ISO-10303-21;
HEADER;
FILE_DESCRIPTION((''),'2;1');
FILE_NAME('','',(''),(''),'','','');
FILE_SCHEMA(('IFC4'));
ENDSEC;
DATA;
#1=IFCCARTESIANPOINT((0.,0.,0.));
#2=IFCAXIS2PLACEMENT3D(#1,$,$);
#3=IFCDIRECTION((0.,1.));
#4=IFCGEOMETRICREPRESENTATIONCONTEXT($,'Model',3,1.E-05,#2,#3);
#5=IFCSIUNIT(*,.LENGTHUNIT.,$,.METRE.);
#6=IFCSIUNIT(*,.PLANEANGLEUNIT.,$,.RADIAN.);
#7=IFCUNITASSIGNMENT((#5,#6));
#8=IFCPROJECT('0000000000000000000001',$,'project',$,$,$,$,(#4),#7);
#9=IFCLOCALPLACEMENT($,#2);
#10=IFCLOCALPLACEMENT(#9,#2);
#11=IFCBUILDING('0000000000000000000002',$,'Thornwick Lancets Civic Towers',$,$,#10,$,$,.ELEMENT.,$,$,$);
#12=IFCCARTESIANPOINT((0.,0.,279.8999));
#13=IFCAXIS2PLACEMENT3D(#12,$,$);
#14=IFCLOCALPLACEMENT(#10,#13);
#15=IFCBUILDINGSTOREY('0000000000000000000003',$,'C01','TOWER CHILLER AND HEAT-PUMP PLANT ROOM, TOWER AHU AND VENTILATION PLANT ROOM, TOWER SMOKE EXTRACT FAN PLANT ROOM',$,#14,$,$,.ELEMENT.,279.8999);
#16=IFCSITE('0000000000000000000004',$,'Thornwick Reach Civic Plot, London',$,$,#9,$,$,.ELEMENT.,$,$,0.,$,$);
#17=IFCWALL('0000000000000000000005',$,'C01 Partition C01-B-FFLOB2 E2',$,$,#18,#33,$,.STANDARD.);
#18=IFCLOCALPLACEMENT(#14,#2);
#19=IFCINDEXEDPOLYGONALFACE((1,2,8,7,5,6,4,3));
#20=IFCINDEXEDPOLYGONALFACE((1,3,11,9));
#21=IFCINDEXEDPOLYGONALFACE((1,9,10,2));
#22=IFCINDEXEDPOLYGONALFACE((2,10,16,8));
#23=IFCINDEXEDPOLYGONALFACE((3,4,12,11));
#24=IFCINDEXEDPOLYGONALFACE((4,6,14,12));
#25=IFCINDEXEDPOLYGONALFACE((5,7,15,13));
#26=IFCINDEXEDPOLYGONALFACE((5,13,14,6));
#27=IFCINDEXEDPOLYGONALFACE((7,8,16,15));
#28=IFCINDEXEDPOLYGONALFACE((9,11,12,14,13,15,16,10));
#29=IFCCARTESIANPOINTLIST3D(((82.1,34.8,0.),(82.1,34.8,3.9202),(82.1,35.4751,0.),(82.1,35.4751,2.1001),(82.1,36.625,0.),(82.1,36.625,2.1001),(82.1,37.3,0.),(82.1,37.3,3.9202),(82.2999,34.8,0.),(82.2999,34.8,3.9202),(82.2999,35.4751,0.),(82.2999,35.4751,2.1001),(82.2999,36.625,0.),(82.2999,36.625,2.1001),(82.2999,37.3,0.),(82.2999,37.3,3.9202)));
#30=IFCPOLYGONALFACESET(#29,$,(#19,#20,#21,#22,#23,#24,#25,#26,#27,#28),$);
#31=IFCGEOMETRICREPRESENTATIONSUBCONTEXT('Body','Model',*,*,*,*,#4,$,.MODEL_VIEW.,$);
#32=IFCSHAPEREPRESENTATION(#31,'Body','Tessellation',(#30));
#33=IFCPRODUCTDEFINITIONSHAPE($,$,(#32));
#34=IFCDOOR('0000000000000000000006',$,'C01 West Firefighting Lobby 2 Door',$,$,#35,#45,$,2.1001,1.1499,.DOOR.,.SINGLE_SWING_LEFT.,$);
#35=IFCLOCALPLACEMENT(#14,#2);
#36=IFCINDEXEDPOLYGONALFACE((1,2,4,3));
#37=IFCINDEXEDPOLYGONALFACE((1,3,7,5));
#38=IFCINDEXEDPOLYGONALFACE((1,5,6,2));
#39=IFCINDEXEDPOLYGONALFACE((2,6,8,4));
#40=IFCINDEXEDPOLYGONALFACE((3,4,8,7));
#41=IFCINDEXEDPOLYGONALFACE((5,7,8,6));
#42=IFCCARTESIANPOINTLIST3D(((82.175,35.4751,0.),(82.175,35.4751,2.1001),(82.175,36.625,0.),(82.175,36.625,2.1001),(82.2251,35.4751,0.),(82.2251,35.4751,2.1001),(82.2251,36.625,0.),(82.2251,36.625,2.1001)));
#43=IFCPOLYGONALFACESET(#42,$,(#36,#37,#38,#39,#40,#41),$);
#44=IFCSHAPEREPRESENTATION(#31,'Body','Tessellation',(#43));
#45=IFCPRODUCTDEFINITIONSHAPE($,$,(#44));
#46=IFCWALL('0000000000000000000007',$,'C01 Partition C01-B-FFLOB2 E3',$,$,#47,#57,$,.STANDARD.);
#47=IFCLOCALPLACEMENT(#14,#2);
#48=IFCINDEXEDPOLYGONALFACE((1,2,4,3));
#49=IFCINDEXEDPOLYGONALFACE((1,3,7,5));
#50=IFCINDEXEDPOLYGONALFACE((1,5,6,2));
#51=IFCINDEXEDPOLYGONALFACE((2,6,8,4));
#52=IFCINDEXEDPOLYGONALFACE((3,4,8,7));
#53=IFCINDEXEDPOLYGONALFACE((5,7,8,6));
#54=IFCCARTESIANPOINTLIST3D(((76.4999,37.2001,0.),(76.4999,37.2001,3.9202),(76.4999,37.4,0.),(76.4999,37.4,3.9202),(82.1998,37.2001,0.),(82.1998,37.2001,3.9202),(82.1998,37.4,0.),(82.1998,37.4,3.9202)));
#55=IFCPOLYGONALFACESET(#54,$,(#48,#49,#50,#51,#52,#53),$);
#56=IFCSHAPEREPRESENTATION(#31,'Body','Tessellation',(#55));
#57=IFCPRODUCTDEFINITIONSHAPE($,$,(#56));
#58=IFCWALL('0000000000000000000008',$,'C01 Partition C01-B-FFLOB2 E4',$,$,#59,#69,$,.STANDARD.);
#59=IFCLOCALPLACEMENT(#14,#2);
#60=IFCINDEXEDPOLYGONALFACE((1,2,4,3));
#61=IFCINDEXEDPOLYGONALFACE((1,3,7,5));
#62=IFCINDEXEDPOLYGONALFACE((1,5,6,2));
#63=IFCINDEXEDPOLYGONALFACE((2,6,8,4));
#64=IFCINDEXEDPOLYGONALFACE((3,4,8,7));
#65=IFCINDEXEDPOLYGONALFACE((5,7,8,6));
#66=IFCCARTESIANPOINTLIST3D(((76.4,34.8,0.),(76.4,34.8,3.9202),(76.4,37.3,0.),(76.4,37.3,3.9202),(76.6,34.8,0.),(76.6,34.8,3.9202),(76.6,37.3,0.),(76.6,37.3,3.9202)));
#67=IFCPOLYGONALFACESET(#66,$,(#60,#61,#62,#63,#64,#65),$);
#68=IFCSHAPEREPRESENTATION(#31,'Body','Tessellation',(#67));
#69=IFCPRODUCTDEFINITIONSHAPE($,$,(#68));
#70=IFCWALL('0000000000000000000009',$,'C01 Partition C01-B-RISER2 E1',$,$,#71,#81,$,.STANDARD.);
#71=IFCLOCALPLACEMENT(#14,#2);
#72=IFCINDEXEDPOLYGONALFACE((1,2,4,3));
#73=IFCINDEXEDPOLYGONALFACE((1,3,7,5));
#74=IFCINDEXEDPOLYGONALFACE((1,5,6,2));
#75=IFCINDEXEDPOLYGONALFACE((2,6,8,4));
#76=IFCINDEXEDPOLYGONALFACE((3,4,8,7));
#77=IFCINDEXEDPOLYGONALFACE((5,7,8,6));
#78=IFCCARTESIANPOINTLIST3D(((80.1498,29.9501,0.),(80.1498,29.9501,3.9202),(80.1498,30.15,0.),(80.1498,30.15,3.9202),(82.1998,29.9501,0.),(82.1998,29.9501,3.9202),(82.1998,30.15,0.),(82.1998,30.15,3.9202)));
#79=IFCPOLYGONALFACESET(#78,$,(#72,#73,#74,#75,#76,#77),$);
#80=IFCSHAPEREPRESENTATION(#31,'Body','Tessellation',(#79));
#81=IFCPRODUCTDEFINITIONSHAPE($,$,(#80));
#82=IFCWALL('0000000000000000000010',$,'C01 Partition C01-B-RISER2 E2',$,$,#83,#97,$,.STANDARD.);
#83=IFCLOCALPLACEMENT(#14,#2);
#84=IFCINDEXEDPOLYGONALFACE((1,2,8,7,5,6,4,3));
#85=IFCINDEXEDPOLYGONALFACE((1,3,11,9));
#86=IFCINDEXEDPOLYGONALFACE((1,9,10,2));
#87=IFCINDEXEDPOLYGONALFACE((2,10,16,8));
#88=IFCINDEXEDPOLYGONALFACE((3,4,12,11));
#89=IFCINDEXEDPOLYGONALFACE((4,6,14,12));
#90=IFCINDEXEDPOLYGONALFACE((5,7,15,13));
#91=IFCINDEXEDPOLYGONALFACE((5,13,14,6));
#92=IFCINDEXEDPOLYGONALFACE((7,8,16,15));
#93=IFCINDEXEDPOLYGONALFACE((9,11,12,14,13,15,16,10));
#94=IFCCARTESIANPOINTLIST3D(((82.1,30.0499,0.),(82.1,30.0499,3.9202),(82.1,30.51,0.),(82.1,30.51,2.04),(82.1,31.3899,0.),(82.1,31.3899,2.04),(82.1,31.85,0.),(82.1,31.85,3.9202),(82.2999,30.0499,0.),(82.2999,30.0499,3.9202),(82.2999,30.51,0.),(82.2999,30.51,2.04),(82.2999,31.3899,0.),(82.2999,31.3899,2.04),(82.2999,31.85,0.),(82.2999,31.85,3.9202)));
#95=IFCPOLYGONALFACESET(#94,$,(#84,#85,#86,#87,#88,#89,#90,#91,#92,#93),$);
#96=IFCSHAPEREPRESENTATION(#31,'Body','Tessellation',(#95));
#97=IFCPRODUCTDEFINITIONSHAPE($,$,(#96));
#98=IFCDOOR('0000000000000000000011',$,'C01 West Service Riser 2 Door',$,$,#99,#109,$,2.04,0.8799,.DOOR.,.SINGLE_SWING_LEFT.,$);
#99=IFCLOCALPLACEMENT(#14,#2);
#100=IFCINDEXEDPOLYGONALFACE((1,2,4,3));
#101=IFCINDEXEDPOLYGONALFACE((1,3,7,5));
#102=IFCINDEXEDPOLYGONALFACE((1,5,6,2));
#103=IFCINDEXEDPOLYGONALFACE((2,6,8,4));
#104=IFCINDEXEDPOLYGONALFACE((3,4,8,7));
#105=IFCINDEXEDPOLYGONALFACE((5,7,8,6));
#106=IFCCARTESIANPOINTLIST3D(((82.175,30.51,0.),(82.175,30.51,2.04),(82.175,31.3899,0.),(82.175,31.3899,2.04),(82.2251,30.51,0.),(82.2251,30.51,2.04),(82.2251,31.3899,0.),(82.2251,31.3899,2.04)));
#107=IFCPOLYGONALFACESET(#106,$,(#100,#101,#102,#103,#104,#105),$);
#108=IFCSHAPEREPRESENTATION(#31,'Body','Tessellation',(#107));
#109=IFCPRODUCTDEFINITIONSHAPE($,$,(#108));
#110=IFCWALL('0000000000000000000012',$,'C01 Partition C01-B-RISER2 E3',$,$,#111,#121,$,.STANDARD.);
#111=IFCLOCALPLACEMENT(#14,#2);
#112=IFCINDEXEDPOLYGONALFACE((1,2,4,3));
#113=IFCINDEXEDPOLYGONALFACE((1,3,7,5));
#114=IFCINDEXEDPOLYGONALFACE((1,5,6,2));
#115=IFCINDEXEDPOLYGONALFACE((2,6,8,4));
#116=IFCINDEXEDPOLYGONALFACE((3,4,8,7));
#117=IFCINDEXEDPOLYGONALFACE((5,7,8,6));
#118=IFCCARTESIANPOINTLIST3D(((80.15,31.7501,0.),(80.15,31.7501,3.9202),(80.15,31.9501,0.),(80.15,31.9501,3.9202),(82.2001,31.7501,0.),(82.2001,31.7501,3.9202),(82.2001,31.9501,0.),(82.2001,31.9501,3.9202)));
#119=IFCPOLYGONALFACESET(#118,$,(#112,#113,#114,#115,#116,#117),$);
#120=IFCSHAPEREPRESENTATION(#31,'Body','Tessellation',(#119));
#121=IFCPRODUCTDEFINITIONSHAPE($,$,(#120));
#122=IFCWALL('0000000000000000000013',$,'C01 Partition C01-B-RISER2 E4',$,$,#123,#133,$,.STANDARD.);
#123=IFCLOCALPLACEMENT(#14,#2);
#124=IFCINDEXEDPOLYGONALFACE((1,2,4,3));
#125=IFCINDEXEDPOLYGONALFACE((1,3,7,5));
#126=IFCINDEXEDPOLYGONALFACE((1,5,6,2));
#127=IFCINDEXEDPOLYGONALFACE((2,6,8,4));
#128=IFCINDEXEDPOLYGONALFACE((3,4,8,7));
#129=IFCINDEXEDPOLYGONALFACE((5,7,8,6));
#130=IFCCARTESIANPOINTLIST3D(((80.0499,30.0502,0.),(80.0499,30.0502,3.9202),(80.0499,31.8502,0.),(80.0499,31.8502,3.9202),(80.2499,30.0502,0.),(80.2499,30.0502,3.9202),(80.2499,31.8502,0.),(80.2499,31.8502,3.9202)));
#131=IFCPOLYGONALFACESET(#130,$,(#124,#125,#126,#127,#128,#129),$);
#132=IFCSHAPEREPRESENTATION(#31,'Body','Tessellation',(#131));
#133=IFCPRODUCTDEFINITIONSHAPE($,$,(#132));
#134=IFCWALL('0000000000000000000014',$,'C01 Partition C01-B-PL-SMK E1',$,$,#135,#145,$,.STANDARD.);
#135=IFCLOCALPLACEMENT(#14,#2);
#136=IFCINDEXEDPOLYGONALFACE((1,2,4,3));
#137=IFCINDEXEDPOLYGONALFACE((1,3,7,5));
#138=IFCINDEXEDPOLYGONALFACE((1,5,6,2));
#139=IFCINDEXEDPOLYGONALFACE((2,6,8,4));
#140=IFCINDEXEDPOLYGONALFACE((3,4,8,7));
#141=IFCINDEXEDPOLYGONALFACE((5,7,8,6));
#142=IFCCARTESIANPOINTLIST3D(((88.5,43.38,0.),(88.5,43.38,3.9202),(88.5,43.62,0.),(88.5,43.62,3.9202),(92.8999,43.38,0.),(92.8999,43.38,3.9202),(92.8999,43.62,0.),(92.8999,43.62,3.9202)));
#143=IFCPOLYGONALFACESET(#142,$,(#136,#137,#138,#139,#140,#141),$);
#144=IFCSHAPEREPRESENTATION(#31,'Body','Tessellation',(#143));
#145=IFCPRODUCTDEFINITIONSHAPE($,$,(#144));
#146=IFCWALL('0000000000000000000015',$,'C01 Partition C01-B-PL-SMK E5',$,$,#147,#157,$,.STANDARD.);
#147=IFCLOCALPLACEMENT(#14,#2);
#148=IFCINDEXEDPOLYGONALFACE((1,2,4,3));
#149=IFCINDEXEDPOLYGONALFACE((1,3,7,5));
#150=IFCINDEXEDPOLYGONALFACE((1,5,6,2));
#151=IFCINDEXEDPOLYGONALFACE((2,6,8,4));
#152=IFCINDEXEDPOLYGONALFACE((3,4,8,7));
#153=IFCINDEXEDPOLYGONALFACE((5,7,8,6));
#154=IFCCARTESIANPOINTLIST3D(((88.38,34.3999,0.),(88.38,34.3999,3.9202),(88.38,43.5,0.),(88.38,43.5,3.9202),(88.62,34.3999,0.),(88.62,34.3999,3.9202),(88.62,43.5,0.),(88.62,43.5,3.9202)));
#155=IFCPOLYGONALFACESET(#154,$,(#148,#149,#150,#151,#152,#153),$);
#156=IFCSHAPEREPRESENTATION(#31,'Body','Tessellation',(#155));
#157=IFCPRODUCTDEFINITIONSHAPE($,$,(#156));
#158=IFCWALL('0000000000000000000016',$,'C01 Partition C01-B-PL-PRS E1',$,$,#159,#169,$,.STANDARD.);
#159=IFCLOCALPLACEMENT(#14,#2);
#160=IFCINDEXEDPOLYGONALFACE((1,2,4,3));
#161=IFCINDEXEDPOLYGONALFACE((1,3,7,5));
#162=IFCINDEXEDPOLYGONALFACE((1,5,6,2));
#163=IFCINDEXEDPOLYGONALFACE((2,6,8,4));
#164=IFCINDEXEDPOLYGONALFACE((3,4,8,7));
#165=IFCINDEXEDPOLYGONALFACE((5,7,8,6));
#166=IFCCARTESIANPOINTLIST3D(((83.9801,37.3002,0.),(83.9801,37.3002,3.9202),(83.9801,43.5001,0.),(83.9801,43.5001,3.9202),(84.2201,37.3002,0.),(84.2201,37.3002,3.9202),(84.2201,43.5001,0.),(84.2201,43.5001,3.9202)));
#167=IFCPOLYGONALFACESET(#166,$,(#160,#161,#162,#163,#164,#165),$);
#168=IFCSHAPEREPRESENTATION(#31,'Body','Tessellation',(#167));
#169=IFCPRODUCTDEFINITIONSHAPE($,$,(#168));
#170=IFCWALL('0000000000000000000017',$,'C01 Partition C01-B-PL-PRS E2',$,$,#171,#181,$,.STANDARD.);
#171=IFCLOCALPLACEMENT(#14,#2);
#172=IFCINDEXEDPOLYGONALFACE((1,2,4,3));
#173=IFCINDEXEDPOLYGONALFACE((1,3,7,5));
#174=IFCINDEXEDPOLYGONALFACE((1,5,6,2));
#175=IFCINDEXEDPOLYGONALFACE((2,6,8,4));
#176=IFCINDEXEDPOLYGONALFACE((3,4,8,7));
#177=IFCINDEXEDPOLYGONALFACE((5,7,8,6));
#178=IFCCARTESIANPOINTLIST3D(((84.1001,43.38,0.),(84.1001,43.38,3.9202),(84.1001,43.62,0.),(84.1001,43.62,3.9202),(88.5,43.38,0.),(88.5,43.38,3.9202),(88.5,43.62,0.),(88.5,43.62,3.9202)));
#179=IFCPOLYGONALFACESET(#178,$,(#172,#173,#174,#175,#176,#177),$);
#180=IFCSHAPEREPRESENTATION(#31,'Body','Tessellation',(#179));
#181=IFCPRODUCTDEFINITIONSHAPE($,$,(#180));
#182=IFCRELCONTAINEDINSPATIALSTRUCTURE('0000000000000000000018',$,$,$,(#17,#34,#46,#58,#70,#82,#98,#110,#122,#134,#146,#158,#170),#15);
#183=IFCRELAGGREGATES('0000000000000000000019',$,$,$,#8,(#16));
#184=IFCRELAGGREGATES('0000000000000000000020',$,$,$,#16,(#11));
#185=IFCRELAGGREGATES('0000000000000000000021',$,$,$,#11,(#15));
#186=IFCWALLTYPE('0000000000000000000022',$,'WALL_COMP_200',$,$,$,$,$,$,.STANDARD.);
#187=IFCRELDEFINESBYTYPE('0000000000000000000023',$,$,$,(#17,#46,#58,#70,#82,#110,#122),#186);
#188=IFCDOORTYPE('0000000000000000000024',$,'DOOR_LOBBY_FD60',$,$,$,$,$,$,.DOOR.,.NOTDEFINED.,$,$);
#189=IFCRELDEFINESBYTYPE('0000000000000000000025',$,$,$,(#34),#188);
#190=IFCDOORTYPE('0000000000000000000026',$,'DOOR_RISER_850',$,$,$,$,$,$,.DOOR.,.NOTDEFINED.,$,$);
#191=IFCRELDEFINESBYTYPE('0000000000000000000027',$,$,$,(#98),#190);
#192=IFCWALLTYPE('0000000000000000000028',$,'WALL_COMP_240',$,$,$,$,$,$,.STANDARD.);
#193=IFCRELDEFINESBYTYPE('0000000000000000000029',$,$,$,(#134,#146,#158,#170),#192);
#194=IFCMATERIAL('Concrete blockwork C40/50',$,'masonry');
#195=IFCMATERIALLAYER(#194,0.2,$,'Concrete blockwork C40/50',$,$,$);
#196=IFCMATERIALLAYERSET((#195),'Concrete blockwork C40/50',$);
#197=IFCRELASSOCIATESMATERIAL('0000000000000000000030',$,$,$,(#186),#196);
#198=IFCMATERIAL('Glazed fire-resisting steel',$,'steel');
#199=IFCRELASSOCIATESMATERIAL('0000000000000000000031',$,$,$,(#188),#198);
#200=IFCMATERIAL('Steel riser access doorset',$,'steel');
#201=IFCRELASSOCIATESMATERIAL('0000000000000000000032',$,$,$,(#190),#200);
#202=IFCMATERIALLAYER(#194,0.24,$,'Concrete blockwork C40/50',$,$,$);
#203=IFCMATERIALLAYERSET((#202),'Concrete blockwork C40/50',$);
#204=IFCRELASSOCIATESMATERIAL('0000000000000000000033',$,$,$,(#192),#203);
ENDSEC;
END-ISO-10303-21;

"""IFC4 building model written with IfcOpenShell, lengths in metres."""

from ifc_helpers import new_model, si_unit, direction, frame, frame_2d, origin, place, context, subcontext, project, spatial, rectangle, extrude, material, layer, layer_set, type_object, element, fill, save


model = new_model("IFC4")

# Units and contexts
model_context = context("Model", 3, precision=1e-05, world=origin(), true_north=direction((0.0, 1.0)))
body_context = subcontext(model_context, "Body", "Model", "MODEL_VIEW")
ifc_project = project(units=[si_unit("LENGTHUNIT", "METRE"), si_unit("PLANEANGLEUNIT", "RADIAN")], contexts=[model_context])

# Site, building, storey
site_placement = place(None, origin())
site = spatial("IfcSite", under=ifc_project, at=site_placement, Name="Thornwick Reach Civic Plot, London", CompositionType="ELEMENT", RefElevation=0.0)
building_placement = place(site_placement, origin())
building = spatial("IfcBuilding", under=site, at=building_placement, Name="Thornwick Lancets Civic Towers", CompositionType="ELEMENT")
storey_placement = place(building_placement, frame((0.0, 0.0, 279.8999)))
storey = spatial("IfcBuildingStorey", under=building, at=storey_placement, Name="C01", Description="TOWER CHILLER AND HEAT-PUMP PLANT ROOM, TOWER AHU AND VENTILATION PLANT ROOM, TOWER SMOKE EXTRACT FAN PLANT ROOM", CompositionType="ELEMENT", Elevation=279.8999)

# Shared definitions
ifc_material_1 = material(Name="Concrete blockwork C40/50", Category="masonry")
ifc_layer_1 = layer(ifc_material_1, 0.2, Name="Concrete blockwork C40/50")
ifc_layer_set_1 = layer_set([ifc_layer_1], Name="Concrete blockwork C40/50")
wall_type_1 = type_object("IfcWallType", Name="WALL_COMP_200", PredefinedType="STANDARD", material=ifc_layer_set_1)

# Wall, opening, door
wall_1_placement = place(storey_placement, frame((82.2, 34.8, 0.0), z_axis=(0.0, 0.0, 1.0), x_axis=(0.0, 1.0, 0.0)))
wall_1 = element("IfcWall", 1, at=wall_1_placement, inside=storey, type_object=wall_type_1, Name="C01 Partition C01-B-FFLOB2 E2", PredefinedType="STANDARD", context=body_context, shape_type="SweptSolid", body=[
    extrude(rectangle(XDim=2.5, YDim=0.2, at=frame_2d((1.25, 0.0))), origin(), (0.0, 0.0, 1.0), 3.9202),
])
opening_1_placement = place(wall_1_placement, frame((0.675, 0.0, 0.0)))
opening_1 = element("IfcOpeningElement", 2, at=opening_1_placement, cuts=wall_1, PredefinedType="OPENING", context=body_context, shape_type="SweptSolid", body=[
    extrude(rectangle(XDim=1.1499, YDim=2.1001, at=frame_2d((0.575, 1.05))), frame((0.0, 0.1099, 0.0), z_axis=(0.0, -1.0, 0.0), x_axis=(1.0, 0.0, 0.0)), (0.0, 0.0, 1.0), 0.22),
])
ifc_material_2 = material(Name="Glazed fire-resisting steel", Category="steel")
door_type_1 = type_object("IfcDoorType", Name="DOOR_LOBBY_FD60", OperationType="NOTDEFINED", PredefinedType="DOOR", material=ifc_material_2)
door_1_placement = place(opening_1_placement, origin())
door_1 = element("IfcDoor", 3, at=door_1_placement, inside=storey, type_object=door_type_1, Name="C01 West Firefighting Lobby 2 Door", OperationType="SINGLE_SWING_LEFT", OverallHeight=2.1001, OverallWidth=1.1499, PredefinedType="DOOR", context=body_context, shape_type="SweptSolid", body=[
    extrude(rectangle(XDim=1.1499, YDim=2.1001, at=frame_2d((0.575, 1.05))), frame((0.0, 0.0249, 0.0), z_axis=(0.0, -1.0, 0.0), x_axis=(1.0, 0.0, 0.0)), (0.0, 0.0, 1.0), 0.05),
])
fill(opening_1, door_1)

# Walls
wall_2_placement = place(storey_placement, frame((82.2, 37.3, 0.0), z_axis=(0.0, 0.0, 1.0), x_axis=(-1.0, 0.0, 0.0)))
element("IfcWall", 4, at=wall_2_placement, inside=storey, type_object=wall_type_1, Name="C01 Partition C01-B-FFLOB2 E3", PredefinedType="STANDARD", context=body_context, shape_type="SweptSolid", body=[
    extrude(rectangle(XDim=5.7, YDim=0.2, at=frame_2d((2.8501, 0.0))), origin(), (0.0, 0.0, 1.0), 3.9202),
])
wall_3_placement = place(storey_placement, frame((76.5, 37.3, 0.0), z_axis=(0.0, 0.0, 1.0), x_axis=(0.0, -1.0, 0.0)))
element("IfcWall", 5, at=wall_3_placement, inside=storey, type_object=wall_type_1, Name="C01 Partition C01-B-FFLOB2 E4", PredefinedType="STANDARD", context=body_context, shape_type="SweptSolid", body=[
    extrude(rectangle(XDim=2.5, YDim=0.2, at=frame_2d((1.25, 0.0))), origin(), (0.0, 0.0, 1.0), 3.9202),
])
wall_4_placement = place(storey_placement, frame((80.1499, 30.05, 0.0), z_axis=(0.0, 0.0, 1.0), x_axis=(1.0, 0.0, 0.0)))
element("IfcWall", 6, at=wall_4_placement, inside=storey, type_object=wall_type_1, Name="C01 Partition C01-B-RISER2 E1", PredefinedType="STANDARD", context=body_context, shape_type="SweptSolid", body=[
    extrude(rectangle(XDim=2.05, YDim=0.2, at=frame_2d((1.0249, 0.0))), origin(), (0.0, 0.0, 1.0), 3.9202),
])

# Wall, opening, door
wall_5_placement = place(storey_placement, frame((82.2, 30.05, 0.0), z_axis=(0.0, 0.0, 1.0), x_axis=(0.0, 1.0, 0.0)))
wall_5 = element("IfcWall", 7, at=wall_5_placement, inside=storey, type_object=wall_type_1, Name="C01 Partition C01-B-RISER2 E2", PredefinedType="STANDARD", context=body_context, shape_type="SweptSolid", body=[
    extrude(rectangle(XDim=1.8, YDim=0.2, at=frame_2d((0.8999, 0.0))), origin(), (0.0, 0.0, 1.0), 3.9202),
])
opening_2_placement = place(wall_5_placement, frame((0.46, 0.0, 0.0)))
opening_2 = element("IfcOpeningElement", 8, at=opening_2_placement, cuts=wall_5, PredefinedType="OPENING", context=body_context, shape_type="SweptSolid", body=[
    extrude(rectangle(XDim=0.8799, YDim=2.04, at=frame_2d((0.4399, 1.02))), frame((0.0, 0.1099, 0.0), z_axis=(0.0, -1.0, 0.0), x_axis=(1.0, 0.0, 0.0)), (0.0, 0.0, 1.0), 0.22),
])
ifc_material_3 = material(Name="Steel riser access doorset", Category="steel")
door_type_2 = type_object("IfcDoorType", Name="DOOR_RISER_850", OperationType="NOTDEFINED", PredefinedType="DOOR", material=ifc_material_3)
door_2_placement = place(opening_2_placement, origin())
door_2 = element("IfcDoor", 9, at=door_2_placement, inside=storey, type_object=door_type_2, Name="C01 West Service Riser 2 Door", OperationType="SINGLE_SWING_LEFT", OverallHeight=2.04, OverallWidth=0.8799, PredefinedType="DOOR", context=body_context, shape_type="SweptSolid", body=[
    extrude(rectangle(XDim=0.8799, YDim=2.04, at=frame_2d((0.4399, 1.02))), frame((0.0, 0.0249, 0.0), z_axis=(0.0, -1.0, 0.0), x_axis=(1.0, 0.0, 0.0)), (0.0, 0.0, 1.0), 0.05),
])
fill(opening_2, door_2)

# Walls
wall_6_placement = place(storey_placement, frame((82.2, 31.8501, 0.0), z_axis=(0.0, 0.0, 1.0), x_axis=(-1.0, 0.0, 0.0)))
element("IfcWall", 10, at=wall_6_placement, inside=storey, type_object=wall_type_1, Name="C01 Partition C01-B-RISER2 E3", PredefinedType="STANDARD", context=body_context, shape_type="SweptSolid", body=[
    extrude(rectangle(XDim=2.05, YDim=0.2, at=frame_2d((1.0249, 0.0))), origin(), (0.0, 0.0, 1.0), 3.9202),
])
wall_7_placement = place(storey_placement, frame((80.1499, 31.8501, 0.0), z_axis=(0.0, 0.0, 1.0), x_axis=(0.0, -1.0, 0.0)))
element("IfcWall", 11, at=wall_7_placement, inside=storey, type_object=wall_type_1, Name="C01 Partition C01-B-RISER2 E4", PredefinedType="STANDARD", context=body_context, shape_type="SweptSolid", body=[
    extrude(rectangle(XDim=1.8, YDim=0.2, at=frame_2d((0.8999, 0.0))), origin(), (0.0, 0.0, 1.0), 3.9202),
])
ifc_layer_2 = layer(ifc_material_1, 0.24, Name="Concrete blockwork C40/50")
ifc_layer_set_2 = layer_set([ifc_layer_2], Name="Concrete blockwork C40/50")
wall_type_2 = type_object("IfcWallType", Name="WALL_COMP_240", PredefinedType="STANDARD", material=ifc_layer_set_2)
wall_8_placement = place(storey_placement, frame((88.5, 43.5, 0.0), z_axis=(0.0, 0.0, 1.0), x_axis=(1.0, 0.0, 0.0)))
element("IfcWall", 12, at=wall_8_placement, inside=storey, type_object=wall_type_2, Name="C01 Partition C01-B-PL-SMK E1", PredefinedType="STANDARD", context=body_context, shape_type="SweptSolid", body=[
    extrude(rectangle(XDim=4.3999, YDim=0.24, at=frame_2d((2.2, 0.0))), origin(), (0.0, 0.0, 1.0), 3.9202),
])
wall_9_placement = place(storey_placement, frame((88.5, 34.3999, 0.0), z_axis=(0.0, 0.0, 1.0), x_axis=(0.0, 1.0, 0.0)))
element("IfcWall", 13, at=wall_9_placement, inside=storey, type_object=wall_type_2, Name="C01 Partition C01-B-PL-SMK E5", PredefinedType="STANDARD", context=body_context, shape_type="SweptSolid", body=[
    extrude(rectangle(XDim=9.1001, YDim=0.24, at=frame_2d((4.55, 0.0))), origin(), (0.0, 0.0, 1.0), 3.9202),
])
wall_10_placement = place(storey_placement, frame((84.1001, 37.3, 0.0), z_axis=(0.0, 0.0, 1.0), x_axis=(0.0, 1.0, 0.0)))
element("IfcWall", 14, at=wall_10_placement, inside=storey, type_object=wall_type_2, Name="C01 Partition C01-B-PL-PRS E1", PredefinedType="STANDARD", context=body_context, shape_type="SweptSolid", body=[
    extrude(rectangle(XDim=6.2, YDim=0.24, at=frame_2d((3.1001, 0.0))), origin(), (0.0, 0.0, 1.0), 3.9202),
])
wall_11_placement = place(storey_placement, frame((84.1001, 43.5, 0.0), z_axis=(0.0, 0.0, 1.0), x_axis=(1.0, 0.0, 0.0)))
element("IfcWall", 15, at=wall_11_placement, inside=storey, type_object=wall_type_2, Name="C01 Partition C01-B-PL-PRS E2", PredefinedType="STANDARD", context=body_context, shape_type="SweptSolid", body=[
    extrude(rectangle(XDim=4.3999, YDim=0.24, at=frame_2d((2.2, 0.0))), origin(), (0.0, 0.0, 1.0), 3.9202),
])

save(model, "model.ifc")
